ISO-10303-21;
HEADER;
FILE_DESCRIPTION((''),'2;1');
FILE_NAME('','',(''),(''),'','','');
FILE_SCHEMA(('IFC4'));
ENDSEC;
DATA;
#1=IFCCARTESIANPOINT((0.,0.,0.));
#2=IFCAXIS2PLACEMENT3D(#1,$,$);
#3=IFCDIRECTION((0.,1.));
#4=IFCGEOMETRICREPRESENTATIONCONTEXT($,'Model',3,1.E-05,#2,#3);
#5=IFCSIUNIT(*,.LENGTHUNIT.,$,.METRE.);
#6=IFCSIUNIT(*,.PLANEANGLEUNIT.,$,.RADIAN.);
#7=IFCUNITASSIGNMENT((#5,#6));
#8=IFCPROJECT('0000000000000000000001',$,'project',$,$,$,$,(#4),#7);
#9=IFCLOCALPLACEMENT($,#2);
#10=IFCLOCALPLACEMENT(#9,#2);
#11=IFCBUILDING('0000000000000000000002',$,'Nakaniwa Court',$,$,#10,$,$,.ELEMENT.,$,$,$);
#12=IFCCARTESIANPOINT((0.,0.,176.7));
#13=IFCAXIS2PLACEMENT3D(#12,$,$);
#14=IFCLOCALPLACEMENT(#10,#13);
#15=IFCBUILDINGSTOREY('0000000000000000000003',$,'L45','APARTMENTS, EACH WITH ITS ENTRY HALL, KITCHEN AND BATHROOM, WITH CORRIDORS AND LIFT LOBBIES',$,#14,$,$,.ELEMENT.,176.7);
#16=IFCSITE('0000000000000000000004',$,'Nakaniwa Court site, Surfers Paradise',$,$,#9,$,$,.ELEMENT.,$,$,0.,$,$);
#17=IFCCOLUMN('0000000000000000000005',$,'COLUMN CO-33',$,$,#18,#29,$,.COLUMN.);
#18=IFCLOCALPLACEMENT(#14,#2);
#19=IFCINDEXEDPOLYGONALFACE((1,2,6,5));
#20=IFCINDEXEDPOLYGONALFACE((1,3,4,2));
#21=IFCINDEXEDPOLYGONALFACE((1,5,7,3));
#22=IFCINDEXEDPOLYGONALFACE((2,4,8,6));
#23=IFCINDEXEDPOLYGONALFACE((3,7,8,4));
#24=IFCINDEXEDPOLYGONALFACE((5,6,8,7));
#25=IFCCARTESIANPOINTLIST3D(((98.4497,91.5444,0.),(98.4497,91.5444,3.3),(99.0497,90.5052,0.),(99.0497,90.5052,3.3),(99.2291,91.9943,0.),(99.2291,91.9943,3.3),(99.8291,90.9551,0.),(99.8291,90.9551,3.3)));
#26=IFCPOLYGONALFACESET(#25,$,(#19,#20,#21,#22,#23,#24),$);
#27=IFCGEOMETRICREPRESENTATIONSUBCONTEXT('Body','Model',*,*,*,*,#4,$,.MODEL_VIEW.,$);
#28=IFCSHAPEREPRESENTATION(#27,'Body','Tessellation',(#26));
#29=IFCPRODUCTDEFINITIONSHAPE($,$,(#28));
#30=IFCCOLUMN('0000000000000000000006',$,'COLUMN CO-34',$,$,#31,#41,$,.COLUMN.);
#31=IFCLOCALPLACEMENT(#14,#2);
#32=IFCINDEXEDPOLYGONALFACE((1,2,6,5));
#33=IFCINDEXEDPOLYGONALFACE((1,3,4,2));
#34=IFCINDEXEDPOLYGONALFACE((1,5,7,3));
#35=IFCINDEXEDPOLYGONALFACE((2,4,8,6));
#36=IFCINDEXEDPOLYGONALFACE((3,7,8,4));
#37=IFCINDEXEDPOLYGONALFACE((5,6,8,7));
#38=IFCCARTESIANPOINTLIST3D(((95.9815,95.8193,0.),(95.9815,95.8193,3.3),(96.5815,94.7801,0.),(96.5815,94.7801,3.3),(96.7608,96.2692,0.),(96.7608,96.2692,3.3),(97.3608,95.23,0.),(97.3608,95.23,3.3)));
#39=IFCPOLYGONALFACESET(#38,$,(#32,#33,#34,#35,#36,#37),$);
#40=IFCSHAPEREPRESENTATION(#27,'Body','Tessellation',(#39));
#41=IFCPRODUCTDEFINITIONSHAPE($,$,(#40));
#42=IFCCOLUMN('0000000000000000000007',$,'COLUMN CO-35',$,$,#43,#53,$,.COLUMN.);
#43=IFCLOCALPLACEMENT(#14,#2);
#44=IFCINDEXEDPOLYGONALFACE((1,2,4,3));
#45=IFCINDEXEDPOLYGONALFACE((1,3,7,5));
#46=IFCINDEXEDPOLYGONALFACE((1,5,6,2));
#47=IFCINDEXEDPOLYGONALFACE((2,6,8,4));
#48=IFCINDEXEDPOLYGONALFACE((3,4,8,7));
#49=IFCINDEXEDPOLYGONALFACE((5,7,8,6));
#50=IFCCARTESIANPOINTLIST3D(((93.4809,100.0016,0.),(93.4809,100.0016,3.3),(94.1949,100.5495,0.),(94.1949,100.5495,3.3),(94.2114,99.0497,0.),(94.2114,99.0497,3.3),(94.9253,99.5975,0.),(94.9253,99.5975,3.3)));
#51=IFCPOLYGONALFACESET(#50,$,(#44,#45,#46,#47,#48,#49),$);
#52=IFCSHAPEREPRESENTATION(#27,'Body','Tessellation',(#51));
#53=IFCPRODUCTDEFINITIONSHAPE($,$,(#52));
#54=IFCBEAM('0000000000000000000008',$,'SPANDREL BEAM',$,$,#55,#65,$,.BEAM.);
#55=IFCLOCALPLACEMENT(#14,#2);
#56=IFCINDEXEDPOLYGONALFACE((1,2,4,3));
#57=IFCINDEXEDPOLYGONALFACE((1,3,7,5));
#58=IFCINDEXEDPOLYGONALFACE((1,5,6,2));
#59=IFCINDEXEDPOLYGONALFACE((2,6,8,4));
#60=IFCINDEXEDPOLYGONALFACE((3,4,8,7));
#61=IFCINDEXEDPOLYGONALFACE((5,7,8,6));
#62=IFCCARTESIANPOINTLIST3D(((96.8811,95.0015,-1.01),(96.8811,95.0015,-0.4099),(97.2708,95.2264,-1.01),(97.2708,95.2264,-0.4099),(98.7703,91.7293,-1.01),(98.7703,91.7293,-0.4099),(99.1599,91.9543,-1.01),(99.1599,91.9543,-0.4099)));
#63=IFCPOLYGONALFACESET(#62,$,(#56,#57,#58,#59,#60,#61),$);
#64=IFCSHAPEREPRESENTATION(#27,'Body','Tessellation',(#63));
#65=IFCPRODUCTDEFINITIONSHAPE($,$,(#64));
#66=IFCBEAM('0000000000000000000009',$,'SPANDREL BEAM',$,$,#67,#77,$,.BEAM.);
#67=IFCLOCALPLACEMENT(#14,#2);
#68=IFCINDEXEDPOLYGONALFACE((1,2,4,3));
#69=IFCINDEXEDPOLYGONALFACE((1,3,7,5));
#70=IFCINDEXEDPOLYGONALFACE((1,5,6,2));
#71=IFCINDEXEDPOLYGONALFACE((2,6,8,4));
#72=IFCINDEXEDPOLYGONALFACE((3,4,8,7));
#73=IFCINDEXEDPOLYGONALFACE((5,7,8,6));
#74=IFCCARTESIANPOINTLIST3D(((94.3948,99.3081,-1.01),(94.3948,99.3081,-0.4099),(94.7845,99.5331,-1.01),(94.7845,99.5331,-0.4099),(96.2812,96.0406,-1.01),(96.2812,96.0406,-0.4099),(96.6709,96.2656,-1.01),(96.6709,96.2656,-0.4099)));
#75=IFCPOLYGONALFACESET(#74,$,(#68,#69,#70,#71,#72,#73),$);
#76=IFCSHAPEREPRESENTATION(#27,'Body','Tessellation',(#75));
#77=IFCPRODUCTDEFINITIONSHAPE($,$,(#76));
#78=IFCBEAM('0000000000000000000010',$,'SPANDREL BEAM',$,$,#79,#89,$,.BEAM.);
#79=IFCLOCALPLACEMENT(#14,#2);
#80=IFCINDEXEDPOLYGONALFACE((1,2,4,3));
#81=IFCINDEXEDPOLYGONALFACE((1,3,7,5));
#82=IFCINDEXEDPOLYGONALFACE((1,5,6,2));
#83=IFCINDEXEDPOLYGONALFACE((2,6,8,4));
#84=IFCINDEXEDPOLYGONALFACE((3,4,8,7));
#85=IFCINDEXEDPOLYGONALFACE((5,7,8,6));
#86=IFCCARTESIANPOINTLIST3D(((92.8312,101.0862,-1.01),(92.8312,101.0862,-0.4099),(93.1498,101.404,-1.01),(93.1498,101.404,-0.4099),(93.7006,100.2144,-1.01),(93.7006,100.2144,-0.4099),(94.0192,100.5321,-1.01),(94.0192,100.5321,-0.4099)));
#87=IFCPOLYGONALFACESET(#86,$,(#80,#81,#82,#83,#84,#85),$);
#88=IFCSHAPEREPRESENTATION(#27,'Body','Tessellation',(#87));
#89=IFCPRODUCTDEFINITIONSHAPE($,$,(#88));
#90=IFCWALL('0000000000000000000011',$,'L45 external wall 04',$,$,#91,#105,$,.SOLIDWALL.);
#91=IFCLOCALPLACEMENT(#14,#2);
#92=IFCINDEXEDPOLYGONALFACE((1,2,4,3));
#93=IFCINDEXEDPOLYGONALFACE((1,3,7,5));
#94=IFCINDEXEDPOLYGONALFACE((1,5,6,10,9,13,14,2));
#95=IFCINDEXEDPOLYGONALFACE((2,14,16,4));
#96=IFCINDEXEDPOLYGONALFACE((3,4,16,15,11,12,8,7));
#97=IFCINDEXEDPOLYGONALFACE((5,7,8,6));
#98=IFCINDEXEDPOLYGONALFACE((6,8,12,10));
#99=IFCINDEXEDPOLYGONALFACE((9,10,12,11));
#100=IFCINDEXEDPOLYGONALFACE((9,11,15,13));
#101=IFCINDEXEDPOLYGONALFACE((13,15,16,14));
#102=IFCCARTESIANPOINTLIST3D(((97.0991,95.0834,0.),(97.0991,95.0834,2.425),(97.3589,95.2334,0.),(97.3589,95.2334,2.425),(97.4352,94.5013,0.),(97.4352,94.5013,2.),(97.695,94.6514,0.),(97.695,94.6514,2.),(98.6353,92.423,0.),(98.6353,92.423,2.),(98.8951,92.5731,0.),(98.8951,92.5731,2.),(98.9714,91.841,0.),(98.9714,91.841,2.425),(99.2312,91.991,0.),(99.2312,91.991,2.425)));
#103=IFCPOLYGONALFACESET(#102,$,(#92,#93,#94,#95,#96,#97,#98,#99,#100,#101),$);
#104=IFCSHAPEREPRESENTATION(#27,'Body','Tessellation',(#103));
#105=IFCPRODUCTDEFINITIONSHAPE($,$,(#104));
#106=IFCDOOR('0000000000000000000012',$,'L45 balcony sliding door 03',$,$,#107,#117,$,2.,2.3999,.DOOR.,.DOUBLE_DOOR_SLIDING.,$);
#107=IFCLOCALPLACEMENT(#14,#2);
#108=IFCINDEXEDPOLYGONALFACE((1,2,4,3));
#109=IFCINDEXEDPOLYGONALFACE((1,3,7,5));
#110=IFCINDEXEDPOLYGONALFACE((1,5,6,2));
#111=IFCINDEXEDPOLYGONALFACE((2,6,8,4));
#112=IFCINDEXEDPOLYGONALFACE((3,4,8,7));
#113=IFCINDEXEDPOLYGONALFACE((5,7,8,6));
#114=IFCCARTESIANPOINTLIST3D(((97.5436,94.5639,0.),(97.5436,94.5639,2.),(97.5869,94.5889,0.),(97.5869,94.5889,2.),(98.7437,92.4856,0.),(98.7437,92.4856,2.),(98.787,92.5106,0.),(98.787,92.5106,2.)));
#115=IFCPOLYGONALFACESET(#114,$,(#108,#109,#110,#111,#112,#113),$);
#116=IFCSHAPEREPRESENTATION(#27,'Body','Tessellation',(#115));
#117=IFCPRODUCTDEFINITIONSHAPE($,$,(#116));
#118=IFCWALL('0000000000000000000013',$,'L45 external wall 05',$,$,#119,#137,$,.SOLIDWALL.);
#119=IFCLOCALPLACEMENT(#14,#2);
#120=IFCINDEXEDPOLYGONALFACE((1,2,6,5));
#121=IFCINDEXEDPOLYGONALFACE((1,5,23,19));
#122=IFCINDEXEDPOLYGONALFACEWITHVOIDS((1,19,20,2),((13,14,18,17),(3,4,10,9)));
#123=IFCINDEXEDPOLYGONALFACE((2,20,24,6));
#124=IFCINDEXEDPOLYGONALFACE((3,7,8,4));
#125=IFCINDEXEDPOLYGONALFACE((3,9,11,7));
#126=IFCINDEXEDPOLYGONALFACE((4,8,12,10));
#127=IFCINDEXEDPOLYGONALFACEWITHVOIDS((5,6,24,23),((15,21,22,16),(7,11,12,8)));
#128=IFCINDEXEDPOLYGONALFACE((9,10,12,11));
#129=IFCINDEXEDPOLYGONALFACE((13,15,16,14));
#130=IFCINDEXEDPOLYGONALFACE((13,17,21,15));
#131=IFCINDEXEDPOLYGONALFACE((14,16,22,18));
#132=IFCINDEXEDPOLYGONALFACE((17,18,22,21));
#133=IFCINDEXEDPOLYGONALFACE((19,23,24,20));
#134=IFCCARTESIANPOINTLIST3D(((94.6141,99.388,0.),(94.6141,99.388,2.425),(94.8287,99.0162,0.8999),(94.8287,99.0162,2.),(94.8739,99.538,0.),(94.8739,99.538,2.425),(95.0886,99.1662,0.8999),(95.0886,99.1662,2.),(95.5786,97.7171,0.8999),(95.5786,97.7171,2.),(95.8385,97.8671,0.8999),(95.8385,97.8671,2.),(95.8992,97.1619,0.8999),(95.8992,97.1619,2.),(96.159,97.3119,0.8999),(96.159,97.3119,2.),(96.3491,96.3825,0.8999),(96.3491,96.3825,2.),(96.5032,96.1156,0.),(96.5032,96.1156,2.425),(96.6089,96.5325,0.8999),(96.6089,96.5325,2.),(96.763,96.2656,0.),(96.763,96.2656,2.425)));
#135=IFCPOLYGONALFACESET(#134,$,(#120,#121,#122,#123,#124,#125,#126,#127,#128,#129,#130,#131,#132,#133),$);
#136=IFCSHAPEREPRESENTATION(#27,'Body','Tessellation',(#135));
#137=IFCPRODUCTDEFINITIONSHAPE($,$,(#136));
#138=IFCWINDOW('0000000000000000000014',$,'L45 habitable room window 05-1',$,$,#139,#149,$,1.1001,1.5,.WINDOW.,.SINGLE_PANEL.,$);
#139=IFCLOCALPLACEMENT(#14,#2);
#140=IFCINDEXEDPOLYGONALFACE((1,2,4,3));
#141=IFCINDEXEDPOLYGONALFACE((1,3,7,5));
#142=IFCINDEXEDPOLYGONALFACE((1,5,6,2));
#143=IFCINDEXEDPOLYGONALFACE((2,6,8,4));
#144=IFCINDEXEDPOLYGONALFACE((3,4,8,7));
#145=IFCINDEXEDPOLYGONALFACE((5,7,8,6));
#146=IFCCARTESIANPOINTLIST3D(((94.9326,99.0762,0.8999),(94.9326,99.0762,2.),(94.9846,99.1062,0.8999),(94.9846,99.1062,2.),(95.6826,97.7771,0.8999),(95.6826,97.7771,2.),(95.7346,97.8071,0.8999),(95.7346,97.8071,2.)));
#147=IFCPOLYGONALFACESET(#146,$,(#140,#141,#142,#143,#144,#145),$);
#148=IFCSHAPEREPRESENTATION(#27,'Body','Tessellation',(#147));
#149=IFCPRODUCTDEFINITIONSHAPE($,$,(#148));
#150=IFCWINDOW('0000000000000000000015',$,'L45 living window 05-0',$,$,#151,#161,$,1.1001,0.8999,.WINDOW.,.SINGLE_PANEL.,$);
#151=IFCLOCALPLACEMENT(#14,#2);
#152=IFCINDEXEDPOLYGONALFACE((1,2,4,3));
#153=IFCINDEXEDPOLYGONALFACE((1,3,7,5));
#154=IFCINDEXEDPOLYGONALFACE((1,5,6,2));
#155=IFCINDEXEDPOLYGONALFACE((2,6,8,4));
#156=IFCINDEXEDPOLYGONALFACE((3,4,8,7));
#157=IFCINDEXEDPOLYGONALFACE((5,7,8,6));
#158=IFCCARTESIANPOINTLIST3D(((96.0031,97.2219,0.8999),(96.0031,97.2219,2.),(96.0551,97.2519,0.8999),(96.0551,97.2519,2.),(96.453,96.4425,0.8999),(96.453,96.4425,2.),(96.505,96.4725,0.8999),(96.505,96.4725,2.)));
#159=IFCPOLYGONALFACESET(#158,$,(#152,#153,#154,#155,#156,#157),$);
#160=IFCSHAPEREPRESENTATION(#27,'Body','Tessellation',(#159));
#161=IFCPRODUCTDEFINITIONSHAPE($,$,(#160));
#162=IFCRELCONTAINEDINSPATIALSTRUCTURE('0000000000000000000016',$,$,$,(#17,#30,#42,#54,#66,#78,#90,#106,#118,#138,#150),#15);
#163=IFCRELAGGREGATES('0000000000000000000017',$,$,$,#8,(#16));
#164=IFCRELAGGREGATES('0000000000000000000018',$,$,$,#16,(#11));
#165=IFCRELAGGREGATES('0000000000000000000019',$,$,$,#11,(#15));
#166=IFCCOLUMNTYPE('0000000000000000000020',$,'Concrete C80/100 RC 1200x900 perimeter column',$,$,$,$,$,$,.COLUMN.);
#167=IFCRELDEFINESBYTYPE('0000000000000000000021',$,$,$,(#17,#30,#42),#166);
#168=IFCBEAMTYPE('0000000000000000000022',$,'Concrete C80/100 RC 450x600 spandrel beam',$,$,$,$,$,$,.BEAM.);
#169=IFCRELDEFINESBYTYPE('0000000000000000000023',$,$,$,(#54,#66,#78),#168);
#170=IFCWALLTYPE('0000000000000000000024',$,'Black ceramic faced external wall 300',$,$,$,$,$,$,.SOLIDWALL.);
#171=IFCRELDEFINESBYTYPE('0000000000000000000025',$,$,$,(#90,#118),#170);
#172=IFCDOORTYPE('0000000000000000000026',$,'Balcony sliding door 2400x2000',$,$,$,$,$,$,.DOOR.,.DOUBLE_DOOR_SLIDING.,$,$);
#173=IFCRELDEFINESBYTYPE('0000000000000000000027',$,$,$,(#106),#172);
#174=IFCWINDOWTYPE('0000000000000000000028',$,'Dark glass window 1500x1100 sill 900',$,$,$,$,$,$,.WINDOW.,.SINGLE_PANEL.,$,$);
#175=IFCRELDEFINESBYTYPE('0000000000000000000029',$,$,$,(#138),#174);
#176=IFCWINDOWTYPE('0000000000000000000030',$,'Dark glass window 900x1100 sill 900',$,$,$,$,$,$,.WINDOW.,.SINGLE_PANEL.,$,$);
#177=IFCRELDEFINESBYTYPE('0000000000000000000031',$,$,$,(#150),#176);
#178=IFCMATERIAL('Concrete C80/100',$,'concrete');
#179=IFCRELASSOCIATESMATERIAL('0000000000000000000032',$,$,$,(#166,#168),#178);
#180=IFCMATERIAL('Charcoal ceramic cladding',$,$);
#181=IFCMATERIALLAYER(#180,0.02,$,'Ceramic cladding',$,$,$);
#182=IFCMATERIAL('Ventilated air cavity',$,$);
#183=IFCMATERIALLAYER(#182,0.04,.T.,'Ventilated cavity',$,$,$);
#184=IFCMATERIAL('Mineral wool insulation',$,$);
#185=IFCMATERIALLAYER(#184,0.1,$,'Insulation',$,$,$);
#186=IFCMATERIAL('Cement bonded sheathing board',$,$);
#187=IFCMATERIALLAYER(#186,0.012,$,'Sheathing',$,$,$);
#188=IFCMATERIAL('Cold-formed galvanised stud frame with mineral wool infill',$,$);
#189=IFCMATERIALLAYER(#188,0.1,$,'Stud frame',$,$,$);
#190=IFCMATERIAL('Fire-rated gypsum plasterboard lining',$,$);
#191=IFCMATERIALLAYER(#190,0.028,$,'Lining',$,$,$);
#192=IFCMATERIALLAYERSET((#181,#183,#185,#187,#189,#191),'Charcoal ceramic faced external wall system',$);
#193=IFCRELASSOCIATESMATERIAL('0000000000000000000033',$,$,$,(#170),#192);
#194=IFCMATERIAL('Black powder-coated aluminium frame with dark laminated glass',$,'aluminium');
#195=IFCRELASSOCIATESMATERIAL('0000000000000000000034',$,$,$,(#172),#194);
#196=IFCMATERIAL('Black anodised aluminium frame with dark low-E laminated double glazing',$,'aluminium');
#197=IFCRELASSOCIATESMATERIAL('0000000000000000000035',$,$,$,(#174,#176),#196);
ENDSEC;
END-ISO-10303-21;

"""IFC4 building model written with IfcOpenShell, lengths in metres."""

from ifc_helpers import new_model, si_unit, direction, frame, frame_2d, origin, origin_2d, place, context, subcontext, project, spatial, rectangle, extrude, material, layer, layer_set, material_profile, profile_set, type_object, element, fill, save


model = new_model("IFC4")

# Units and contexts
model_context = context("Model", 3, precision=1e-05, world=origin(), true_north=direction((0.0, 1.0)))
body_context = subcontext(model_context, "Body", "Model", "MODEL_VIEW")
ifc_project = project(units=[si_unit("LENGTHUNIT", "METRE"), si_unit("PLANEANGLEUNIT", "RADIAN")], contexts=[model_context])

# Site, building, storey
site_placement = place(None, origin())
site = spatial("IfcSite", under=ifc_project, at=site_placement, Name="Nakaniwa Court site, Surfers Paradise", CompositionType="ELEMENT", RefElevation=0.0)
building_placement = place(site_placement, origin())
building = spatial("IfcBuilding", under=site, at=building_placement, Name="Nakaniwa Court", CompositionType="ELEMENT")
storey_placement = place(building_placement, frame((0.0, 0.0, 176.7)))
storey = spatial("IfcBuildingStorey", under=building, at=storey_placement, Name="L45", Description="APARTMENTS, EACH WITH ITS ENTRY HALL, KITCHEN AND BATHROOM, WITH CORRIDORS AND LIFT LOBBIES", CompositionType="ELEMENT", Elevation=176.7)

# Columns
ifc_material_1 = material(Name="Concrete C80/100", Category="concrete")
ifc_material_profile_1 = material_profile(ifc_material_1, rectangle(XDim=1.2, YDim=0.8999, at=origin_2d()), Name="Concrete C80/100 RC 1200x900 perimeter column")
ifc_profile_set_1 = profile_set([ifc_material_profile_1], Name="Concrete C80/100")
column_type = type_object("IfcColumnType", Name="Concrete C80/100 RC 1200x900 perimeter column", PredefinedType="COLUMN", material=ifc_profile_set_1)
for number, where, z_axis, x_axis, name in (
    (1, (99.1394, 91.2498, 0.0), (0.0, 0.0, 1.0), (-0.5, 0.866025, 0.0), "COLUMN CO-33"),
    (2, (96.6711, 95.5247, 0.0), (0.0, 0.0, 1.0), (-0.5, 0.866025, 0.0), "COLUMN CO-34"),
    (3, (94.2031, 99.7996, 0.0), (0.0, 0.0, 1.0), (-0.608761, 0.793353, 0.0), "COLUMN CO-35"),
):
    element("IfcColumn", number, at=place(storey_placement, frame(where, z_axis=z_axis, x_axis=x_axis)), inside=storey, type_object=column_type, Name=name, PredefinedType="COLUMN", context=body_context, shape_type="SweptSolid", body=[
        extrude(rectangle(XDim=1.2, YDim=0.8999, at=origin_2d()), origin(), (0.0, 0.0, 1.0), 3.3),
    ])

# Beams
ifc_material_profile_2 = material_profile(ifc_material_1, rectangle(XDim=0.45, YDim=0.6001, at=origin_2d()), Name="Concrete C80/100 RC 450x600 spandrel beam")
ifc_profile_set_2 = profile_set([ifc_material_profile_2], Name="Concrete C80/100")
beam_type = type_object("IfcBeamType", Name="Concrete C80/100 RC 450x600 spandrel beam", PredefinedType="BEAM", material=ifc_profile_set_2)
beam_1_placement = place(storey_placement, frame((98.9651, 91.8418, -0.71), z_axis=(-0.499989, 0.866032, 0.0), x_axis=(-0.866032, -0.499989, 0.0)))
element("IfcBeam", 4, at=beam_1_placement, inside=storey, type_object=beam_type, Name="SPANDREL BEAM", PredefinedType="BEAM", context=body_context, shape_type="SweptSolid", body=[
    extrude(rectangle(XDim=0.45, YDim=0.6001, at=origin_2d()), origin(), (0.0, 0.0, 1.0), 3.7783),
])
beam_2_placement = place(storey_placement, frame((96.4761, 96.1531, -0.71), z_axis=(-0.499988, 0.866033, 0.0), x_axis=(-0.866033, -0.499988, 0.0)))
element("IfcBeam", 5, at=beam_2_placement, inside=storey, type_object=beam_type, Name="SPANDREL BEAM", PredefinedType="BEAM", context=body_context, shape_type="SweptSolid", body=[
    extrude(rectangle(XDim=0.45, YDim=0.6001, at=origin_2d()), origin(), (0.0, 0.0, 1.0), 3.7729),
])
beam_3_placement = place(storey_placement, frame((93.8599, 100.3733, -0.71), z_axis=(-0.706115, 0.708098, 0.0), x_axis=(-0.708098, -0.706115, 0.0)))
element("IfcBeam", 6, at=beam_3_placement, inside=storey, type_object=beam_type, Name="SPANDREL BEAM", PredefinedType="BEAM", context=body_context, shape_type="SweptSolid", body=[
    extrude(rectangle(XDim=0.45, YDim=0.6001, at=origin_2d()), origin(), (0.0, 0.0, 1.0), 1.2312),
])

# Wall, opening, door
ifc_material_2 = material(Name="Charcoal ceramic cladding")
ifc_layer_1 = layer(ifc_material_2, 0.02, Name="Ceramic cladding")
ifc_material_3 = material(Name="Ventilated air cavity")
ifc_layer_2 = layer(ifc_material_3, 0.04, ventilated=True, Name="Ventilated cavity")
ifc_material_4 = material(Name="Mineral wool insulation")
ifc_layer_3 = layer(ifc_material_4, 0.1, Name="Insulation")
ifc_material_5 = material(Name="Cement bonded sheathing board")
ifc_layer_4 = layer(ifc_material_5, 0.012, Name="Sheathing")
ifc_material_6 = material(Name="Cold-formed galvanised stud frame with mineral wool infill")
ifc_layer_5 = layer(ifc_material_6, 0.1, Name="Stud frame")
ifc_material_7 = material(Name="Fire-rated gypsum plasterboard lining")
ifc_layer_6 = layer(ifc_material_7, 0.028, Name="Lining")
ifc_layer_set = layer_set([ifc_layer_1, ifc_layer_2, ifc_layer_3, ifc_layer_4, ifc_layer_5, ifc_layer_6], Name="Charcoal ceramic faced external wall system")
wall_type = type_object("IfcWallType", Name="Black ceramic faced external wall 300", PredefinedType="SOLIDWALL", material=ifc_layer_set)
wall_1_placement = place(storey_placement, frame((99.1013, 91.916, 0.0), z_axis=(0.0, 0.0, 1.0), x_axis=(-0.500059, 0.865991, 0.0)))
wall_1 = element("IfcWall", 7, at=wall_1_placement, inside=storey, type_object=wall_type, Name="L45 external wall 04", PredefinedType="SOLIDWALL", context=body_context, shape_type="SweptSolid", body=[
    extrude(rectangle(XDim=3.7441, YDim=0.3, at=frame_2d((1.8721, 0.0))), origin(), (0.0, 0.0, 1.0), 2.425),
])
opening_1_placement = place(wall_1_placement, frame((0.6721, 0.0, 0.0)))
opening_1 = element("IfcOpeningElement", 8, at=opening_1_placement, cuts=wall_1, PredefinedType="OPENING", context=body_context, shape_type="SweptSolid", body=[
    extrude(rectangle(XDim=2.3999, YDim=2.0, at=frame_2d((1.2, 1.0))), frame((0.0, 0.1599, 0.0), z_axis=(0.0, -1.0, 0.0), x_axis=(1.0, 0.0, 0.0)), (0.0, 0.0, 1.0), 0.3201),
])
ifc_material_8 = material(Name="Black powder-coated aluminium frame with dark laminated glass", Category="aluminium")
door_type = type_object("IfcDoorType", Name="Balcony sliding door 2400x2000", OperationType="DOUBLE_DOOR_SLIDING", PredefinedType="DOOR", material=ifc_material_8)
door_placement = place(opening_1_placement, origin())
door = element("IfcDoor", 9, at=door_placement, inside=storey, type_object=door_type, Name="L45 balcony sliding door 03", OperationType="DOUBLE_DOOR_SLIDING", OverallHeight=2.0, OverallWidth=2.3999, PredefinedType="DOOR", context=body_context, shape_type="SweptSolid", body=[
    extrude(rectangle(XDim=2.3999, YDim=2.0, at=frame_2d((1.2, 1.0))), frame((0.0, 0.0249, 0.0), z_axis=(0.0, -1.0, 0.0), x_axis=(1.0, 0.0, 0.0)), (0.0, 0.0, 1.0), 0.05),
])
fill(opening_1, door)

# Wall, openings, windows
wall_2_placement = place(storey_placement, frame((96.6331, 96.1907, 0.0), z_axis=(0.0, 0.0, 1.0), x_axis=(-0.499961, 0.866048, 0.0)))
wall_2 = element("IfcWall", 10, at=wall_2_placement, inside=storey, type_object=wall_type, Name="L45 external wall 05", PredefinedType="SOLIDWALL", context=body_context, shape_type="SweptSolid", body=[
    extrude(rectangle(XDim=3.7786, YDim=0.3, at=frame_2d((1.8892, 0.0))), origin(), (0.0, 0.0, 1.0), 2.425),
])
opening_2_placement = place(wall_2_placement, frame((0.3081, 0.0, 0.8999)))
opening_2 = element("IfcOpeningElement", 11, at=opening_2_placement, cuts=wall_2, PredefinedType="OPENING", context=body_context, shape_type="SweptSolid", body=[
    extrude(rectangle(XDim=0.8999, YDim=1.1001, at=frame_2d((0.45, 0.55))), frame((0.0, 0.1599, 0.0), z_axis=(0.0, -1.0, 0.0), x_axis=(1.0, 0.0, 0.0)), (0.0, 0.0, 1.0), 0.3201),
])
opening_3_placement = place(wall_2_placement, frame((1.8491, 0.0, 0.8999)))
opening_3 = element("IfcOpeningElement", 12, at=opening_3_placement, cuts=wall_2, PredefinedType="OPENING", context=body_context, shape_type="SweptSolid", body=[
    extrude(rectangle(XDim=1.5, YDim=1.1001, at=frame_2d((0.75, 0.55))), frame((0.0, 0.1599, 0.0), z_axis=(0.0, -1.0, 0.0), x_axis=(1.0, 0.0, 0.0)), (0.0, 0.0, 1.0), 0.3201),
])
ifc_material_9 = material(Name="Black anodised aluminium frame with dark low-E laminated double glazing", Category="aluminium")
window_type_1 = type_object("IfcWindowType", Name="Dark glass window 1500x1100 sill 900", PartitioningType="SINGLE_PANEL", PredefinedType="WINDOW", material=ifc_material_9)
window_1_placement = place(opening_3_placement, origin())
window_1 = element("IfcWindow", 13, at=window_1_placement, inside=storey, type_object=window_type_1, Name="L45 habitable room window 05-1", OverallHeight=1.1001, OverallWidth=1.5, PartitioningType="SINGLE_PANEL", PredefinedType="WINDOW", context=body_context, shape_type="SweptSolid", body=[
    extrude(rectangle(XDim=1.5, YDim=1.1001, at=frame_2d((0.75, 0.55))), frame((0.0, 0.03, 0.0), z_axis=(0.0, -1.0, 0.0), x_axis=(1.0, 0.0, 0.0)), (0.0, 0.0, 1.0), 0.0601),
])
fill(opening_3, window_1)
window_type_2 = type_object("IfcWindowType", Name="Dark glass window 900x1100 sill 900", PartitioningType="SINGLE_PANEL", PredefinedType="WINDOW", material=ifc_material_9)
window_2_placement = place(opening_2_placement, origin())
window_2 = element("IfcWindow", 14, at=window_2_placement, inside=storey, type_object=window_type_2, Name="L45 living window 05-0", OverallHeight=1.1001, OverallWidth=0.8999, PartitioningType="SINGLE_PANEL", PredefinedType="WINDOW", context=body_context, shape_type="SweptSolid", body=[
    extrude(rectangle(XDim=0.8999, YDim=1.1001, at=frame_2d((0.45, 0.55))), frame((0.0, 0.03, 0.0), z_axis=(0.0, -1.0, 0.0), x_axis=(1.0, 0.0, 0.0)), (0.0, 0.0, 1.0), 0.0601),
])
fill(opening_2, window_2)

save(model, "model.ifc")
